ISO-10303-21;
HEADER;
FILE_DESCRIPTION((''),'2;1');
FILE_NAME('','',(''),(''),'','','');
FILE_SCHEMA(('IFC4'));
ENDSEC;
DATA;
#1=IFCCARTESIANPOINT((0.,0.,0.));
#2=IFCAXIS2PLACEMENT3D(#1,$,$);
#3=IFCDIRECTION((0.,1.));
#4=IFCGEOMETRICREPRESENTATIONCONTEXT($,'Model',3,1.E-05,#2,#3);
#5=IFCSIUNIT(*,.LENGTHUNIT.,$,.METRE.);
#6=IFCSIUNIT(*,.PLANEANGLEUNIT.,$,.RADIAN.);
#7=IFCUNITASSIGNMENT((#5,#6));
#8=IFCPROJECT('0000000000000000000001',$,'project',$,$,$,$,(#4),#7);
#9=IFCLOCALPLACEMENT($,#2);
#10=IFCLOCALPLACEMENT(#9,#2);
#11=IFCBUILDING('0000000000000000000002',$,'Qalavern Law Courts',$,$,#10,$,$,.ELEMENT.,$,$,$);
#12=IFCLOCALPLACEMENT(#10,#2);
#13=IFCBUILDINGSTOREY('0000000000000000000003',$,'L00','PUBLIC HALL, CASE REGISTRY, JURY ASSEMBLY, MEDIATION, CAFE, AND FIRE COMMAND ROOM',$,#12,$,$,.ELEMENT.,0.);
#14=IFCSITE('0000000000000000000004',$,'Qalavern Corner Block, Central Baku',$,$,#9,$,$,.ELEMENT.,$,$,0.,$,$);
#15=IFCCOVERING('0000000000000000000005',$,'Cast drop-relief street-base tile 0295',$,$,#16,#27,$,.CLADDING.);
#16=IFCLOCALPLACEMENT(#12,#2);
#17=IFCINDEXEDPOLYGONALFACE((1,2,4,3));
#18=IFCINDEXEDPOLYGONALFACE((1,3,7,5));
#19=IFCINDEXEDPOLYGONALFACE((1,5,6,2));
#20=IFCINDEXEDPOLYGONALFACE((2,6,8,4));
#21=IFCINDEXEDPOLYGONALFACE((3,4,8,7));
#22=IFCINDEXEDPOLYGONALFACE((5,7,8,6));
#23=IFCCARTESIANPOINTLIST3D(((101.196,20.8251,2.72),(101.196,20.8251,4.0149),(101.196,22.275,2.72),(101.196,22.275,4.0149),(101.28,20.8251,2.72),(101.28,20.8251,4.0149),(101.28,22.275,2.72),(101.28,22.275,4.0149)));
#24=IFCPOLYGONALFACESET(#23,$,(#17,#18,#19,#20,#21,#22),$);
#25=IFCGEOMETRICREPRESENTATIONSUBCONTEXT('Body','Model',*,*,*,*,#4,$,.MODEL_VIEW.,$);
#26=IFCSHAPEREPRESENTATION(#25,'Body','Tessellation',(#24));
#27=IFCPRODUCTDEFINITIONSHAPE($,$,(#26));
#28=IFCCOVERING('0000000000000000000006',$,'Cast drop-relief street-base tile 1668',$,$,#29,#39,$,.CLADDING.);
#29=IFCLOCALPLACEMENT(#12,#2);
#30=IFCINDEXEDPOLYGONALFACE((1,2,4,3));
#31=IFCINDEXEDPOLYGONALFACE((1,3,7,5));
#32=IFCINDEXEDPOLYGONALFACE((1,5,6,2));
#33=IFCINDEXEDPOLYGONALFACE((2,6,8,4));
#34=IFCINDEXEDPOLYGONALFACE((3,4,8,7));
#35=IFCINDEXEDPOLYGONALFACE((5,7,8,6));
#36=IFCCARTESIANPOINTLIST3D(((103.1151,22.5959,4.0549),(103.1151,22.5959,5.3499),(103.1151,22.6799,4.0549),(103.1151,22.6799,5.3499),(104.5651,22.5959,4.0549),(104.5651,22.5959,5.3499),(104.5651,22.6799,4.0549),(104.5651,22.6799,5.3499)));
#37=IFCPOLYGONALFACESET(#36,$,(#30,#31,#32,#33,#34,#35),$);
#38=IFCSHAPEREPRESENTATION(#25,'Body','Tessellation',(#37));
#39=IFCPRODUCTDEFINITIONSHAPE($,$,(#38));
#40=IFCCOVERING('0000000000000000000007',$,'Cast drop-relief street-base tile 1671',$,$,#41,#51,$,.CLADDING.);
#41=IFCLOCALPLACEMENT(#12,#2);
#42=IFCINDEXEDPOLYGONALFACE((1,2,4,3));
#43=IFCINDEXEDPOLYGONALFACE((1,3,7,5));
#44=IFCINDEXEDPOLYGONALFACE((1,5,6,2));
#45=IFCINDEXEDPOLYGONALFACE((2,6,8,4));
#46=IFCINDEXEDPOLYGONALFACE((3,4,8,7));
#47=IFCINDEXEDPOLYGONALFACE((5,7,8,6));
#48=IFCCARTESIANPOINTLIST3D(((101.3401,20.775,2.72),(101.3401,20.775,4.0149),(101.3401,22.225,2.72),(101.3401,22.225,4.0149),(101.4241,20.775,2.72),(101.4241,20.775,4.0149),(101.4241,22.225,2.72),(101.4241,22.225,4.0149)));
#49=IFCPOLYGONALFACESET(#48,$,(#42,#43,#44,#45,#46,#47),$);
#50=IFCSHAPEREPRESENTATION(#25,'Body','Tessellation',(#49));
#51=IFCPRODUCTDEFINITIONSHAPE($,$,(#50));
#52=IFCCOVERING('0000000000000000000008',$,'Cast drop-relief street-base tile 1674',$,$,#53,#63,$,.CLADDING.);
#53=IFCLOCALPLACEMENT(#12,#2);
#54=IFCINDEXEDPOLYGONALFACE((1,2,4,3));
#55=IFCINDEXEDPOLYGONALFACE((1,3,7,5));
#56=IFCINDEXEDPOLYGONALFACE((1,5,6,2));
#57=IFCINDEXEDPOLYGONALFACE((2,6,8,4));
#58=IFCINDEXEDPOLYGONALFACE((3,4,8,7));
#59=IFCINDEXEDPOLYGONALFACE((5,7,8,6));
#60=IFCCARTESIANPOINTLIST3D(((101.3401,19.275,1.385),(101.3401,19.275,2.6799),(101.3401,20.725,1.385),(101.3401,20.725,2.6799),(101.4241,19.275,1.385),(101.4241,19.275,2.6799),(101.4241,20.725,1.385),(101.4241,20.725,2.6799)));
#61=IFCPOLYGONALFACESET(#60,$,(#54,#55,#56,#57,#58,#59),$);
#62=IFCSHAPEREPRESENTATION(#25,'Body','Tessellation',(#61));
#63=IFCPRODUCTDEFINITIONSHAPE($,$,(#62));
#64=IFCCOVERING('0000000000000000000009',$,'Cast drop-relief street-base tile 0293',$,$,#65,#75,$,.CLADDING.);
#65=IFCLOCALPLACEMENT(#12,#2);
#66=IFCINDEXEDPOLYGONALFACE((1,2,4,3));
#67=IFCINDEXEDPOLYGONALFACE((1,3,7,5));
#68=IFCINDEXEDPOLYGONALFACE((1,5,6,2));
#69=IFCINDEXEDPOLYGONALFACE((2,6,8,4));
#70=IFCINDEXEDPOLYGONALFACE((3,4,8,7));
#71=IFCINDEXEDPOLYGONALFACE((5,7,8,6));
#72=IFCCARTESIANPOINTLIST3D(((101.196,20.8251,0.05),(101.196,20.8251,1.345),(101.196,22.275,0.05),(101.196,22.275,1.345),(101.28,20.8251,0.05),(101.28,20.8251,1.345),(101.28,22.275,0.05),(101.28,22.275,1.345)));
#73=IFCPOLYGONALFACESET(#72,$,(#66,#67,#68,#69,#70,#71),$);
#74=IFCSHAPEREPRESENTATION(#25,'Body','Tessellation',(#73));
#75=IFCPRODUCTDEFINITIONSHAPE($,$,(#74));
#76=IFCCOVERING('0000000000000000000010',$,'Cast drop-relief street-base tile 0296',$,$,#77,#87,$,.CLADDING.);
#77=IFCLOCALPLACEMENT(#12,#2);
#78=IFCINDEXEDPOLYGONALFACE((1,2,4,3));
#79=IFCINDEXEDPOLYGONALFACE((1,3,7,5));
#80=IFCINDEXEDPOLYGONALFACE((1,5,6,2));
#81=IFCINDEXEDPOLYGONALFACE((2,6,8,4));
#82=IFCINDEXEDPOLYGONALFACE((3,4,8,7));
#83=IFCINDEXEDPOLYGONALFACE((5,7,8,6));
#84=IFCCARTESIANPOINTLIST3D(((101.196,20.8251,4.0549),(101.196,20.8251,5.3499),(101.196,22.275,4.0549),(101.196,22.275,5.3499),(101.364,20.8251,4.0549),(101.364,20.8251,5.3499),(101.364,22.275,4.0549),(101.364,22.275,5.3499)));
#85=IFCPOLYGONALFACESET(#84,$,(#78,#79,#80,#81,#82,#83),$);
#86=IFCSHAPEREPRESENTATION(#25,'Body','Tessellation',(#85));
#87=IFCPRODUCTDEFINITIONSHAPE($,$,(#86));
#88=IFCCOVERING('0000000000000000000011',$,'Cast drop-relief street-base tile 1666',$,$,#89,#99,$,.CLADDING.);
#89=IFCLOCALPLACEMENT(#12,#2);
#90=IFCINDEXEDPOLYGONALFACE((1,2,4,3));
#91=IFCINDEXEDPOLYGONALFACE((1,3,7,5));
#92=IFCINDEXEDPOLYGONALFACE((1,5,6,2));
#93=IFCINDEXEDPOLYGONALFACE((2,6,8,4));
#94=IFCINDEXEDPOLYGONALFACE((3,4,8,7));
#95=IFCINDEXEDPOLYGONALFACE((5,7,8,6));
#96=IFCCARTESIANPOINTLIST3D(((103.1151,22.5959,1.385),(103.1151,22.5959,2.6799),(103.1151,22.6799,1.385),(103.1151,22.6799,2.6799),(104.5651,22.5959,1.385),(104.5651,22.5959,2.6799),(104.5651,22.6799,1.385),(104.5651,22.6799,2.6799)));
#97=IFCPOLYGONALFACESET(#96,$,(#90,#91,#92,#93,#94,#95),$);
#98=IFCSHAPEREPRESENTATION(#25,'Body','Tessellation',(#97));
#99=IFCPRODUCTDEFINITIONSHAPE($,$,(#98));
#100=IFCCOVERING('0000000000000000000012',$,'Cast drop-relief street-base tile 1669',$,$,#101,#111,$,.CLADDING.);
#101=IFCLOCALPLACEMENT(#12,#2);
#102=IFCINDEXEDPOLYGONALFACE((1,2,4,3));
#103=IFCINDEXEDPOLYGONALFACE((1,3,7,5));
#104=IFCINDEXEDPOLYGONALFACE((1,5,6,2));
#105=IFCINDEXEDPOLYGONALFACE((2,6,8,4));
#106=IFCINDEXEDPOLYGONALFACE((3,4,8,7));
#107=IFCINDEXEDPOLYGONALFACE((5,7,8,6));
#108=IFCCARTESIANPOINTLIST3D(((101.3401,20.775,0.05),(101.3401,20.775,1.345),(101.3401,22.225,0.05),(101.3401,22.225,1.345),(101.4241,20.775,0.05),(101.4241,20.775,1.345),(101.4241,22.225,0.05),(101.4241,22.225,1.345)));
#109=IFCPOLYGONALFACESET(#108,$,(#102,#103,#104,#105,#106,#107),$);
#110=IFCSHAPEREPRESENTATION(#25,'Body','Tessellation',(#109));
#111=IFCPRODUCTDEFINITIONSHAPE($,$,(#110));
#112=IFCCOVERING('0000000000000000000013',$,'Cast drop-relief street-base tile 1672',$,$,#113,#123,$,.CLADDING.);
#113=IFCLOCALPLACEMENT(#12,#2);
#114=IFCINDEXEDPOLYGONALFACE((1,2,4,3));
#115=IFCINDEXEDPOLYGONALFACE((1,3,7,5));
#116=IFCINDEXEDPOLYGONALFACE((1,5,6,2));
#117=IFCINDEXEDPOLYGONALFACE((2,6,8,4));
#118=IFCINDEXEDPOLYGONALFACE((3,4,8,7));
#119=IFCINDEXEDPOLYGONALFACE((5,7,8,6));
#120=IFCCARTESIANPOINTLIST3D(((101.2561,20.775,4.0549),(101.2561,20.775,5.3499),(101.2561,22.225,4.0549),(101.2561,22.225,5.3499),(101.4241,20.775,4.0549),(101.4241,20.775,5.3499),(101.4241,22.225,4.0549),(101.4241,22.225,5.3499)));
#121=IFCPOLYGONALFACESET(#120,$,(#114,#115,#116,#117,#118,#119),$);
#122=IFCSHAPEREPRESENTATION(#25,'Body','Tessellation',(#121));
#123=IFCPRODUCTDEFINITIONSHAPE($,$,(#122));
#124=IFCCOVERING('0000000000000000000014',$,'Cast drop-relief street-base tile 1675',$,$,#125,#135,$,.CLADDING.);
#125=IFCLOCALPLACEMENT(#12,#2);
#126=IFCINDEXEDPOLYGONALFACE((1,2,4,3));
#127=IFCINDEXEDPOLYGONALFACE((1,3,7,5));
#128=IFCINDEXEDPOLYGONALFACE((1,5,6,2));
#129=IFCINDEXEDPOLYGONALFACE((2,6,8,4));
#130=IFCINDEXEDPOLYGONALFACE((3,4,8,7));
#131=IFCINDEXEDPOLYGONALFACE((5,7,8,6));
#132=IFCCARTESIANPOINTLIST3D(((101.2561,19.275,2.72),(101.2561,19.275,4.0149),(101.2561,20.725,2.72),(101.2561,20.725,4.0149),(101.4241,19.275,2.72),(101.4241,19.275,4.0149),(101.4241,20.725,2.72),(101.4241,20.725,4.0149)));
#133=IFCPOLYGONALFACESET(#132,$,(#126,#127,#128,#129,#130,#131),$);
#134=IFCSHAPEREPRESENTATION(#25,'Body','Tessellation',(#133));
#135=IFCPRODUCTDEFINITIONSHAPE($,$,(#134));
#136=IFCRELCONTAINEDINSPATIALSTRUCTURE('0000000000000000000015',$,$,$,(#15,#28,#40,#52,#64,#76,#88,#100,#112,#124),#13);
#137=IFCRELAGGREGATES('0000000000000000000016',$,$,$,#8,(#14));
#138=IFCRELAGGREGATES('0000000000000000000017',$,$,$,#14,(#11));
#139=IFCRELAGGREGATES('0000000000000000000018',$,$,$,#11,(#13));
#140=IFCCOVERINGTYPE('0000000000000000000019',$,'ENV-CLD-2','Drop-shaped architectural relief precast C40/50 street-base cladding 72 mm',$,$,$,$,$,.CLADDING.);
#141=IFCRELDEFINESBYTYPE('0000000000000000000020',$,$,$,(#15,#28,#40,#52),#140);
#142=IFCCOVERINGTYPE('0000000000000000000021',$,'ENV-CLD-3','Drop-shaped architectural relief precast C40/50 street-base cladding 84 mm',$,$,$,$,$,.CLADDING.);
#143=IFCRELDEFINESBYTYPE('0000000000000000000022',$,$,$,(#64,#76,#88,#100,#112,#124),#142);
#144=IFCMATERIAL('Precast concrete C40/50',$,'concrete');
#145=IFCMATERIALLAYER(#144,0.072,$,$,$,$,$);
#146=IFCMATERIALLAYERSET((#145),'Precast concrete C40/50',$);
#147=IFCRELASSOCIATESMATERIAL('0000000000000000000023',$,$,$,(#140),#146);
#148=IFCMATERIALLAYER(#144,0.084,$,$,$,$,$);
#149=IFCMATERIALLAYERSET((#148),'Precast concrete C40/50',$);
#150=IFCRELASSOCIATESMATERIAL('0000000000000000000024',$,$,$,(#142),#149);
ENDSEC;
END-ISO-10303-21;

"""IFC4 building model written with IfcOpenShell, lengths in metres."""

from ifc_helpers import new_model, si_unit, direction, frame, origin, origin_2d, place, context, subcontext, project, spatial, rectangle, extrude, material, layer, layer_set, type_object, element, save


model = new_model("IFC4")

# Units and contexts
model_context = context("Model", 3, precision=1e-05, world=origin(), true_north=direction((0.0, 1.0)))
body_context = subcontext(model_context, "Body", "Model", "MODEL_VIEW")
ifc_project = project(units=[si_unit("LENGTHUNIT", "METRE"), si_unit("PLANEANGLEUNIT", "RADIAN")], contexts=[model_context])

# Site, building, storey
site_placement = place(None, origin())
site = spatial("IfcSite", under=ifc_project, at=site_placement, Name="Qalavern Corner Block, Central Baku", CompositionType="ELEMENT", RefElevation=0.0)
building_placement = place(site_placement, origin())
building = spatial("IfcBuilding", under=site, at=building_placement, Name="Qalavern Law Courts", CompositionType="ELEMENT")
storey_placement = place(building_placement, origin())
storey = spatial("IfcBuildingStorey", under=building, at=storey_placement, Name="L00", Description="PUBLIC HALL, CASE REGISTRY, JURY ASSEMBLY, MEDIATION, CAFE, AND FIRE COMMAND ROOM", CompositionType="ELEMENT", Elevation=0.0)

# Coverings
ifc_material_1 = material(Name="Precast concrete C40/50", Category="concrete")
ifc_layer_1 = layer(ifc_material_1, 0.072)
ifc_layer_set_1 = layer_set([ifc_layer_1], Name="Precast concrete C40/50")
covering_type_1 = type_object("IfcCoveringType", Name="ENV-CLD-2", Description="Drop-shaped architectural relief precast C40/50 street-base cladding 72 mm", PredefinedType="CLADDING", material=ifc_layer_set_1)
for number, where, z_axis, x_axis, name in (
    (1, (101.238, 21.55, 2.72), (0.0, 0.0, 1.0), (0.0, 1.0, 0.0), "Cast drop-relief street-base tile 0295"),
    (2, (103.8401, 22.6379, 4.0549), (0.0, 0.0, 1.0), (-1.0, 0.0, 0.0), "Cast drop-relief street-base tile 1668"),
    (3, (101.3821, 21.5, 2.72), (0.0, 0.0, 1.0), (0.0, -1.0, 0.0), "Cast drop-relief street-base tile 1671"),
    (4, (101.3821, 20.0, 1.385), (0.0, 0.0, 1.0), (0.0, -1.0, 0.0), "Cast drop-relief street-base tile 1674"),
):
    element("IfcCovering", number, at=place(storey_placement, frame(where, z_axis=z_axis, x_axis=x_axis)), inside=storey, type_object=covering_type_1, Name=name, PredefinedType="CLADDING", context=body_context, shape_type="SweptSolid", body=[
        extrude(rectangle(XDim=1.45, YDim=0.084, at=origin_2d()), origin(), (0.0, 0.0, 1.0), 1.2949),
    ])
ifc_layer_2 = layer(ifc_material_1, 0.084)
ifc_layer_set_2 = layer_set([ifc_layer_2], Name="Precast concrete C40/50")
covering_type_2 = type_object("IfcCoveringType", Name="ENV-CLD-3", Description="Drop-shaped architectural relief precast C40/50 street-base cladding 84 mm", PredefinedType="CLADDING", material=ifc_layer_set_2)
covering_1_placement = place(storey_placement, frame((101.238, 21.55, 0.05), z_axis=(0.0, 0.0, 1.0), x_axis=(0.0, 1.0, 0.0)))
element("IfcCovering", 5, at=covering_1_placement, inside=storey, type_object=covering_type_2, Name="Cast drop-relief street-base tile 0293", PredefinedType="CLADDING", context=body_context, shape_type="SweptSolid", body=[
    extrude(rectangle(XDim=1.45, YDim=0.084, at=origin_2d()), origin(), (0.0, 0.0, 1.0), 1.2949),
])
covering_2_placement = place(storey_placement, frame((101.28, 21.55, 4.0549), z_axis=(0.0, 0.0, 1.0), x_axis=(0.0, 1.0, 0.0)))
element("IfcCovering", 6, at=covering_2_placement, inside=storey, type_object=covering_type_2, Name="Cast drop-relief street-base tile 0296", PredefinedType="CLADDING", context=body_context, shape_type="SweptSolid", body=[
    extrude(rectangle(XDim=1.45, YDim=0.168, at=origin_2d()), origin(), (0.0, 0.0, 1.0), 1.2949),
])
for number, where, z_axis, x_axis, name in (
    (7, (103.8401, 22.6379, 1.385), (0.0, 0.0, 1.0), (-1.0, 0.0, 0.0), "Cast drop-relief street-base tile 1666"),
    (8, (101.3821, 21.5, 0.05), (0.0, 0.0, 1.0), (0.0, -1.0, 0.0), "Cast drop-relief street-base tile 1669"),
):
    element("IfcCovering", number, at=place(storey_placement, frame(where, z_axis=z_axis, x_axis=x_axis)), inside=storey, type_object=covering_type_2, Name=name, PredefinedType="CLADDING", context=body_context, shape_type="SweptSolid", body=[
        extrude(rectangle(XDim=1.45, YDim=0.084, at=origin_2d()), origin(), (0.0, 0.0, 1.0), 1.2949),
    ])
for number, where, z_axis, x_axis, name in (
    (9, (101.3401, 21.5, 4.0549), (0.0, 0.0, 1.0), (0.0, -1.0, 0.0), "Cast drop-relief street-base tile 1672"),
    (10, (101.3401, 20.0, 2.72), (0.0, 0.0, 1.0), (0.0, -1.0, 0.0), "Cast drop-relief street-base tile 1675"),
):
    element("IfcCovering", number, at=place(storey_placement, frame(where, z_axis=z_axis, x_axis=x_axis)), inside=storey, type_object=covering_type_2, Name=name, PredefinedType="CLADDING", context=body_context, shape_type="SweptSolid", body=[
        extrude(rectangle(XDim=1.45, YDim=0.168, at=origin_2d()), origin(), (0.0, 0.0, 1.0), 1.2949),
    ])

save(model, "model.ifc")
